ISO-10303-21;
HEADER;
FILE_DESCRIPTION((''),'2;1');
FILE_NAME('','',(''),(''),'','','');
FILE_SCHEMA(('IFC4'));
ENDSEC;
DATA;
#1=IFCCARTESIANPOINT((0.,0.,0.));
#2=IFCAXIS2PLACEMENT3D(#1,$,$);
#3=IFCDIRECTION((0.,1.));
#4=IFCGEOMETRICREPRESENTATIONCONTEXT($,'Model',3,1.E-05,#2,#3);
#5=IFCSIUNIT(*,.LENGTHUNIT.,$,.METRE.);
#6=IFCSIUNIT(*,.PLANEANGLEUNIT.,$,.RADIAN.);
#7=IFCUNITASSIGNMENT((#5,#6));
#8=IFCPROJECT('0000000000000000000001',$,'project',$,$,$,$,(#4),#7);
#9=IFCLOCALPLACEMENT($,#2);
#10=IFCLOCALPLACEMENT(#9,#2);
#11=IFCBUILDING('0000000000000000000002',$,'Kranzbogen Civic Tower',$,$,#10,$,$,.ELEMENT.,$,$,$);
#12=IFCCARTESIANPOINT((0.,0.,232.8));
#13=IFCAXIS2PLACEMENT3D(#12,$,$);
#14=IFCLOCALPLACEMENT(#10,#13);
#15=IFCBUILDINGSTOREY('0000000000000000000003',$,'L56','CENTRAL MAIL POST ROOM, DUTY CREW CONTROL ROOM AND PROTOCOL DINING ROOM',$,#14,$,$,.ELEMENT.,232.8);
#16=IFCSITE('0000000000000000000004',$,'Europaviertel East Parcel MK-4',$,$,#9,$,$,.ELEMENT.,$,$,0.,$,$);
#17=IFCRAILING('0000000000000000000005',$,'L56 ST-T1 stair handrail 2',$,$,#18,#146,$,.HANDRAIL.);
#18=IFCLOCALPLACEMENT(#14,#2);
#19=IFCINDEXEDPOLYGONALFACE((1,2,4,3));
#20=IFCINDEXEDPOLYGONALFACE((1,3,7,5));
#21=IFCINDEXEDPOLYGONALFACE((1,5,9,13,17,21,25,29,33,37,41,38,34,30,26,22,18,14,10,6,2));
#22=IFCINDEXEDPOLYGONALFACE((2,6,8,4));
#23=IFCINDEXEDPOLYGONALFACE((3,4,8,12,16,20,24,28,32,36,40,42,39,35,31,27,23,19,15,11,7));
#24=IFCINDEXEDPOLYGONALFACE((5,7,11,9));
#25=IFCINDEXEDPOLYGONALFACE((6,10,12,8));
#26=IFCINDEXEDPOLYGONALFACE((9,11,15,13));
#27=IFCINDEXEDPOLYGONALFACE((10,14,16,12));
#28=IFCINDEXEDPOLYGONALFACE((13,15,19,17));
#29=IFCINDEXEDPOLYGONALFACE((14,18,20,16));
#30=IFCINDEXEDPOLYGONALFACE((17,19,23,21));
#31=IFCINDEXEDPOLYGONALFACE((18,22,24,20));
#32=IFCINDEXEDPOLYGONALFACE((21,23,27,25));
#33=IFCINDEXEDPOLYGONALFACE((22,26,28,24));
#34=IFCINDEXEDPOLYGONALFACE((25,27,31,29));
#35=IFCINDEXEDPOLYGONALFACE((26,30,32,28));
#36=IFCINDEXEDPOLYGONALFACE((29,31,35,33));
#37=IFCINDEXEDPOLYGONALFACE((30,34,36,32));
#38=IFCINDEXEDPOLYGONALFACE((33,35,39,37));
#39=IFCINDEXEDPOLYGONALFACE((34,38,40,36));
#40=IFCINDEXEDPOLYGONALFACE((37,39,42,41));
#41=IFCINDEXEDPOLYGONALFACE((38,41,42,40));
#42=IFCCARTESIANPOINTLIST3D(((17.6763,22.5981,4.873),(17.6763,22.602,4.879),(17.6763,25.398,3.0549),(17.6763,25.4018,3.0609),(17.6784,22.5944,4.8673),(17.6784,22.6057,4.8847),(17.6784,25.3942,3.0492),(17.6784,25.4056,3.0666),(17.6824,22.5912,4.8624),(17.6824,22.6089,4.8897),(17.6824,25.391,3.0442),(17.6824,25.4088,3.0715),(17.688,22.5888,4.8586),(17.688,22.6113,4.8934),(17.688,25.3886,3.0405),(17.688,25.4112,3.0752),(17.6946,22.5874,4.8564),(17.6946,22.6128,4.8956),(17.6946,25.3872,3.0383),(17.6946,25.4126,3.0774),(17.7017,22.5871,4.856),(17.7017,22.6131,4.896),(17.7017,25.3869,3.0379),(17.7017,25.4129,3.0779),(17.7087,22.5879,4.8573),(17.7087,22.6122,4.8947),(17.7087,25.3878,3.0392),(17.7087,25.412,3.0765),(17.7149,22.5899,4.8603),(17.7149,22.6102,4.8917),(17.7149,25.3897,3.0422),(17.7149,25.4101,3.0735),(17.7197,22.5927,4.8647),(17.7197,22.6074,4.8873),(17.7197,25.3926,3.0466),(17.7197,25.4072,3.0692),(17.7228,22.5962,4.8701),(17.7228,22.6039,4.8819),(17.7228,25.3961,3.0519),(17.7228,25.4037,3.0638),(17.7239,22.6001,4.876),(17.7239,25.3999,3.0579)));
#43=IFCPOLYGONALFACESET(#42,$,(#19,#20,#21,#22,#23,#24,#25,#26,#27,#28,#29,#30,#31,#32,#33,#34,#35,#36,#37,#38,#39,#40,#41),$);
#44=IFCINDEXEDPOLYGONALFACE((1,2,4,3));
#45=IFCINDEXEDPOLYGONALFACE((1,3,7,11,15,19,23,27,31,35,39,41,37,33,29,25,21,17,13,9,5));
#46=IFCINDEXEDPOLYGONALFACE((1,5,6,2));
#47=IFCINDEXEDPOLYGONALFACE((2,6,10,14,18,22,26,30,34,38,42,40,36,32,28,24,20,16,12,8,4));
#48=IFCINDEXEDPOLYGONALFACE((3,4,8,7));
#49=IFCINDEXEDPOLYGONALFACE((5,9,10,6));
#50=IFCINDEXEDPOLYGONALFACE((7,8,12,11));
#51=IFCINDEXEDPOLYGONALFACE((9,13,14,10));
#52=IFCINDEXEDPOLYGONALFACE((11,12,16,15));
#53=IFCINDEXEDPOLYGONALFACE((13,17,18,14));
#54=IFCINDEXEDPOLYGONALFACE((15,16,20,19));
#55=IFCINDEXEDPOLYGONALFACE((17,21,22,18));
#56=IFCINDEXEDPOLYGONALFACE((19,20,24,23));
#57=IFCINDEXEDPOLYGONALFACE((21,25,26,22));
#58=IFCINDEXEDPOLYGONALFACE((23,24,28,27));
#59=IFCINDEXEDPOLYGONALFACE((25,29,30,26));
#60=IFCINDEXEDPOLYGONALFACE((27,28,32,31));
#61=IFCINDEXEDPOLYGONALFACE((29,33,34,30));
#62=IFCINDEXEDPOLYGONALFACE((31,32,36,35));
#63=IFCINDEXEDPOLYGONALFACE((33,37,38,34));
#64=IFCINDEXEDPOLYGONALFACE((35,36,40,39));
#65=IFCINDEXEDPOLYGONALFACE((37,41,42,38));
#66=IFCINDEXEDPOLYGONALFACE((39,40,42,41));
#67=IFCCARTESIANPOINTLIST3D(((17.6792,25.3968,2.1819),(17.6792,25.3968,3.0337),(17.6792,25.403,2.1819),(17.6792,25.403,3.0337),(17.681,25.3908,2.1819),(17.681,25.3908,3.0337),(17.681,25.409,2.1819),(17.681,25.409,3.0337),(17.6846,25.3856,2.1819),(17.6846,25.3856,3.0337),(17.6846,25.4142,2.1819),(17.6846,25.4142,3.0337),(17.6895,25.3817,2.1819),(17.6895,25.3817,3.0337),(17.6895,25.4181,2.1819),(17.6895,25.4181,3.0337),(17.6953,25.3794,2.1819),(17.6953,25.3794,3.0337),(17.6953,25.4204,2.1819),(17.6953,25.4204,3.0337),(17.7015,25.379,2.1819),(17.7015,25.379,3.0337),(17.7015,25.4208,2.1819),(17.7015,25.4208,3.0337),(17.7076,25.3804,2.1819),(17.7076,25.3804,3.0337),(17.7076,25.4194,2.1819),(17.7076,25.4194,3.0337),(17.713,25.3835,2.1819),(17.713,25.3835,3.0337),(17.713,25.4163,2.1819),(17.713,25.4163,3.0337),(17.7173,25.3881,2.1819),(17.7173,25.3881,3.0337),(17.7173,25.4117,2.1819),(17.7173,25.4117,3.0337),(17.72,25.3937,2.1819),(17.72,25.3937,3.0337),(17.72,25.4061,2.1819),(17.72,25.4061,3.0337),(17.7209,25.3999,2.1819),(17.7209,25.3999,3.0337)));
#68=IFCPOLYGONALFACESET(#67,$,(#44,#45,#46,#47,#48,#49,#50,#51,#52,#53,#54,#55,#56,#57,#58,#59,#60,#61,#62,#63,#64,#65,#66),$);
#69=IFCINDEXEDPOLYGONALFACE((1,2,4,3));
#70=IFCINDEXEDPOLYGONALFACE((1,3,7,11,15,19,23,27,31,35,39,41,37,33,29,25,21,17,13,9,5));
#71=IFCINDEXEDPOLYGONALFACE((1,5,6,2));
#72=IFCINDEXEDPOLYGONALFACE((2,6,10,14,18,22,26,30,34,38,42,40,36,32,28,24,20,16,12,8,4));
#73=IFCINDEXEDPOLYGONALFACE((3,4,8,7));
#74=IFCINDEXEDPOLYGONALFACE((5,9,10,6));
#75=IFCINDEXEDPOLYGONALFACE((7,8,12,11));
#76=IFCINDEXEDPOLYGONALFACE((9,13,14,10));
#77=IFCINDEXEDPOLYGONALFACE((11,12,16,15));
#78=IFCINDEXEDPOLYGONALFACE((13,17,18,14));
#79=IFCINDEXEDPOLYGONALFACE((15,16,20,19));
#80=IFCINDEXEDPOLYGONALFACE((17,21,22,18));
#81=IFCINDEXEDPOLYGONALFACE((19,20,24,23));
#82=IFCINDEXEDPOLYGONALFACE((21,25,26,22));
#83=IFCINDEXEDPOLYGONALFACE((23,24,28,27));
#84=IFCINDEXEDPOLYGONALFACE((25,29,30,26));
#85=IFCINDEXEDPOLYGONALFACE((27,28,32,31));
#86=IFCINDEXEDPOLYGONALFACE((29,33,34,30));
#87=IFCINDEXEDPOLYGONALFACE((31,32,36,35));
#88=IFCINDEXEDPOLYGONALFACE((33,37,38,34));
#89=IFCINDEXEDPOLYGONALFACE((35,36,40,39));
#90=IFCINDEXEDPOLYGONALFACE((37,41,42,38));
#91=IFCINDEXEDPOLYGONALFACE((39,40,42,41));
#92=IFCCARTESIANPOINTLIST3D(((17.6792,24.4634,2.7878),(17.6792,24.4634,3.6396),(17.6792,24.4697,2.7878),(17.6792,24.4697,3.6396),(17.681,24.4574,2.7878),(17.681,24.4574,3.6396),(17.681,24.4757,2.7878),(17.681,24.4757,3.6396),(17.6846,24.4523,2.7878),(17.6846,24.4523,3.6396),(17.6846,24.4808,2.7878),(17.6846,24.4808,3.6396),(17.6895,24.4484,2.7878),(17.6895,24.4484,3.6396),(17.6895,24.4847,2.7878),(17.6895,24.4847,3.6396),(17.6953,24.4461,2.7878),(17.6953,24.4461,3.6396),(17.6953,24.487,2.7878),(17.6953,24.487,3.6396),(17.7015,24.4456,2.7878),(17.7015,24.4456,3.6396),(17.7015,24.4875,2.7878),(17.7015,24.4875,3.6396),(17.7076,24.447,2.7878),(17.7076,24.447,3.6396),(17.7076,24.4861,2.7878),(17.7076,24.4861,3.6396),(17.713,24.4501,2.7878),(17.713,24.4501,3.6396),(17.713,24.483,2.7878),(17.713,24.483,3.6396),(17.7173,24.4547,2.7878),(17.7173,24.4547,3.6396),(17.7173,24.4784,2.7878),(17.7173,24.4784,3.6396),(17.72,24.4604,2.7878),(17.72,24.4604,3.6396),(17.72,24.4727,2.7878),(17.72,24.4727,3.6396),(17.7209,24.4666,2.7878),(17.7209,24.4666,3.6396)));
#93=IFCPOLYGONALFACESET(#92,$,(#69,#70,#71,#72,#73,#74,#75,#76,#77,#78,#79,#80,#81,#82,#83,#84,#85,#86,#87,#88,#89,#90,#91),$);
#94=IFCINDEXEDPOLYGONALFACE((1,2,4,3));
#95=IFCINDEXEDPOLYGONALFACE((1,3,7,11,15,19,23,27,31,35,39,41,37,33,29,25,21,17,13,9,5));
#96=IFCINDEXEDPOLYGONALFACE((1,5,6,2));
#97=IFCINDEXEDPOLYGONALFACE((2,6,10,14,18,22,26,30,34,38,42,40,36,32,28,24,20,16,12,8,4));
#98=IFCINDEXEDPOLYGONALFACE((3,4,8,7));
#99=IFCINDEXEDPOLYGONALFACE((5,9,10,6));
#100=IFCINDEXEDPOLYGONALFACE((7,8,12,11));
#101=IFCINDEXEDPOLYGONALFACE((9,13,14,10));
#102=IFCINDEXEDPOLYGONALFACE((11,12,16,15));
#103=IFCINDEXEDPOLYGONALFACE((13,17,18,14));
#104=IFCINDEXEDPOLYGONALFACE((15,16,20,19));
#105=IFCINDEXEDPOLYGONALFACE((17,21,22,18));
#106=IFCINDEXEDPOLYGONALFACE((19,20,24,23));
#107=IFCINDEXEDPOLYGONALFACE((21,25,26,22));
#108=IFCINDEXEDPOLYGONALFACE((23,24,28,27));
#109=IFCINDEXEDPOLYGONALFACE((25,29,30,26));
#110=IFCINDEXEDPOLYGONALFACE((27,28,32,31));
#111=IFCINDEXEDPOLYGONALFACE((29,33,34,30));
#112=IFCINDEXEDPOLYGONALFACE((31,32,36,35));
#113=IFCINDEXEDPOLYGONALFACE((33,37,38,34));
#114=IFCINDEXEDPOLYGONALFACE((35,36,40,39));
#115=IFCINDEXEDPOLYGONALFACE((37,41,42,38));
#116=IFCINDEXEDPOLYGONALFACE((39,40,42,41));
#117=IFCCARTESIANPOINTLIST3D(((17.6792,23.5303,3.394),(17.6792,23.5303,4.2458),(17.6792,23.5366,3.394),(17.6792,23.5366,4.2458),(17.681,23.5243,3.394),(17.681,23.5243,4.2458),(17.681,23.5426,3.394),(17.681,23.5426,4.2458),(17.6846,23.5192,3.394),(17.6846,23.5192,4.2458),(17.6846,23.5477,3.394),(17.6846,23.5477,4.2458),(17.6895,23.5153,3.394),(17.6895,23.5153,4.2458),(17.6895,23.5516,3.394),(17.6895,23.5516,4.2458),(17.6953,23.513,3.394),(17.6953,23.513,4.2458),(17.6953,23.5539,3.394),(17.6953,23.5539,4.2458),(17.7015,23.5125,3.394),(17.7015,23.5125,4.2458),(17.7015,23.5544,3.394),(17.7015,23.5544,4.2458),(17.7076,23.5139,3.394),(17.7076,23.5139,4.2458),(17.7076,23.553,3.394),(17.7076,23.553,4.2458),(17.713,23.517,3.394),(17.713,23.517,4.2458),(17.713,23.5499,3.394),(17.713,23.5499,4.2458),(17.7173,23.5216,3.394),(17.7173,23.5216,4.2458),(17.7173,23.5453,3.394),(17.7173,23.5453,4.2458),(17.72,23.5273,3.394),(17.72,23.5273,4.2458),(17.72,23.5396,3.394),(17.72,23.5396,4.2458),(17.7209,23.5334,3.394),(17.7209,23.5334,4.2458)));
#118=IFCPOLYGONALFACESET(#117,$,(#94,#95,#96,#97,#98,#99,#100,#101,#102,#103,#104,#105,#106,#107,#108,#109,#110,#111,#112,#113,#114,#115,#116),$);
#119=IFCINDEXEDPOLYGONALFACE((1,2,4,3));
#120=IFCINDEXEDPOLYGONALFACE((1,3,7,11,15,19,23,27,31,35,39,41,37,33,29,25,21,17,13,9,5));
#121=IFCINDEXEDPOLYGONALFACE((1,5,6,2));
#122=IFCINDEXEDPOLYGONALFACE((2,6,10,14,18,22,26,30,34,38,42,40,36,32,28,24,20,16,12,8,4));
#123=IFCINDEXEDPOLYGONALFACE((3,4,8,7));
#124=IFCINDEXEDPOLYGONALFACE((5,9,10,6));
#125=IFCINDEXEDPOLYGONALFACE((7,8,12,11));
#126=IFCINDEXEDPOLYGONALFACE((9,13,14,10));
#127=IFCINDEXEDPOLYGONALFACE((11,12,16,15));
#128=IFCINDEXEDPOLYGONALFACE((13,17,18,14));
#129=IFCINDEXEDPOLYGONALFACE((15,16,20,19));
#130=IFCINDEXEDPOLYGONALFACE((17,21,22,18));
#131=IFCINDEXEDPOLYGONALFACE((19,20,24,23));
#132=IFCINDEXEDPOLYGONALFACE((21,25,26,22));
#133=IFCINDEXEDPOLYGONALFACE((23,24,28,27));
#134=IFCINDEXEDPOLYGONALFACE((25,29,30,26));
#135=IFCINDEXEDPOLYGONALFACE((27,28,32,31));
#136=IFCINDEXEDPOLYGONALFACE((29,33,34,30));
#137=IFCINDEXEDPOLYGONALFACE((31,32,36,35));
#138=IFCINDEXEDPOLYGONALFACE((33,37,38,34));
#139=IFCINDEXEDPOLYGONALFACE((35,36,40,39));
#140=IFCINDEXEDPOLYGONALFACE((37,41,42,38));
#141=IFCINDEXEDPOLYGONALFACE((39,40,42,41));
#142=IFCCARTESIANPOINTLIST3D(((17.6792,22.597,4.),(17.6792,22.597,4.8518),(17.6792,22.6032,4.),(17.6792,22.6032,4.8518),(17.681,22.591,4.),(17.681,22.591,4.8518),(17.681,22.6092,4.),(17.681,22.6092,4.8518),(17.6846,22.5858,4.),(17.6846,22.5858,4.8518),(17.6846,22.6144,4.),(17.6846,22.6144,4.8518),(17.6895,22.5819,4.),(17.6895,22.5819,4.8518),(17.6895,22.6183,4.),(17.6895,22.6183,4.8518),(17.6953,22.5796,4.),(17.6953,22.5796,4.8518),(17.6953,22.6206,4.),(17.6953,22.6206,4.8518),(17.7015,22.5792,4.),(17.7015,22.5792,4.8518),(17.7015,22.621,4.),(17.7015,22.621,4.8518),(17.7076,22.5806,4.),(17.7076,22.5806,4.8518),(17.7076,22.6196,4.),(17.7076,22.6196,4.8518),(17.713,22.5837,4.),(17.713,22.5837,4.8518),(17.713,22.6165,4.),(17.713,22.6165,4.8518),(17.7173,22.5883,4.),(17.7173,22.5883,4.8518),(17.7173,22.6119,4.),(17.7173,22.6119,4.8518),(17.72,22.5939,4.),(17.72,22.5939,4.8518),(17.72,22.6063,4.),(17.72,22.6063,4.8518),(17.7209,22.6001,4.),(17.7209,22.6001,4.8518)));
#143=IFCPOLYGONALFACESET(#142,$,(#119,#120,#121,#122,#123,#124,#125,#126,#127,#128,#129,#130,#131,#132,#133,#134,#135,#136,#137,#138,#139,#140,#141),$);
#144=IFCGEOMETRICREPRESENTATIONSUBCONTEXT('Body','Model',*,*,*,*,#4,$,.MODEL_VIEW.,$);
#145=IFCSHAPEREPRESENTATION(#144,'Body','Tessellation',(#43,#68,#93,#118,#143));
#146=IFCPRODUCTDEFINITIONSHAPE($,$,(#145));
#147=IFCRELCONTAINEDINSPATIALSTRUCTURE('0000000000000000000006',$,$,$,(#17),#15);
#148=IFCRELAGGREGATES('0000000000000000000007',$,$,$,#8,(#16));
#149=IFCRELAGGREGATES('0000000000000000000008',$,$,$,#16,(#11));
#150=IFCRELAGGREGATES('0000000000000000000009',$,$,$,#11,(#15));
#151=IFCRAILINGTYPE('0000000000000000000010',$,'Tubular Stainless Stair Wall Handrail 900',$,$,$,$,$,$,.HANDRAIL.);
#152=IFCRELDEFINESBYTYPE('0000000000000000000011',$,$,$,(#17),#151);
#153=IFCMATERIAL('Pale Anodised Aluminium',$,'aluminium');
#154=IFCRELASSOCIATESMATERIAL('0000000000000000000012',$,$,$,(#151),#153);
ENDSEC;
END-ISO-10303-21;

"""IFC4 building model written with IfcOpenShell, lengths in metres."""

from ifc_helpers import new_model, si_unit, direction, frame, origin, origin_2d, place, context, subcontext, project, spatial, circle, extrude, material, type_object, element, save


model = new_model("IFC4")

# Units and contexts
model_context = context("Model", 3, precision=1e-05, world=origin(), true_north=direction((0.0, 1.0)))
body_context = subcontext(model_context, "Body", "Model", "MODEL_VIEW")
ifc_project = project(units=[si_unit("LENGTHUNIT", "METRE"), si_unit("PLANEANGLEUNIT", "RADIAN")], contexts=[model_context])

# Site, building, storey
site_placement = place(None, origin())
site = spatial("IfcSite", under=ifc_project, at=site_placement, Name="Europaviertel East Parcel MK-4", CompositionType="ELEMENT", RefElevation=0.0)
building_placement = place(site_placement, origin())
building = spatial("IfcBuilding", under=site, at=building_placement, Name="Kranzbogen Civic Tower", CompositionType="ELEMENT")
storey_placement = place(building_placement, frame((0.0, 0.0, 232.8)))
storey = spatial("IfcBuildingStorey", under=building, at=storey_placement, Name="L56", Description="CENTRAL MAIL POST ROOM, DUTY CREW CONTROL ROOM AND PROTOCOL DINING ROOM", CompositionType="ELEMENT", Elevation=232.8)

# Shared definitions
ifc_material_1 = material(Name="Pale Anodised Aluminium", Category="aluminium")

# Railing
railing_type_1 = type_object("IfcRailingType", Name="Tubular Stainless Stair Wall Handrail 900", PredefinedType="HANDRAIL", material=ifc_material_1)
railing_1_placement = place(storey_placement, frame((17.7, 25.3999, 2.1819)))
element("IfcRailing", 1, at=railing_1_placement, inside=storey, type_object=railing_type_1, Name="L56 ST-T1 stair handrail 2", PredefinedType="HANDRAIL", context=body_context, shape_type="SweptSolid", body=[
    extrude(circle(Radius=0.0239, at=origin_2d()), frame((0.0, 0.0, 0.876), z_axis=(0.0, -0.838684, 0.544618), x_axis=(1.0, 0.0, 0.0)), (0.0, 0.0, 1.0), 3.3384),
    extrude(circle(Radius=0.021, at=origin_2d()), origin(), (0.0, 0.0, 1.0), 0.8518),
    extrude(circle(Radius=0.021, at=origin_2d()), frame((0.0, -0.9333, 0.606)), (0.0, 0.0, 1.0), 0.8518),
    extrude(circle(Radius=0.021, at=origin_2d()), frame((0.0, -1.8665, 1.2122)), (0.0, 0.0, 1.0), 0.8518),
    extrude(circle(Radius=0.021, at=origin_2d()), frame((0.0, -2.7998, 1.8181)), (0.0, 0.0, 1.0), 0.8518),
])

save(model, "model.ifc")
